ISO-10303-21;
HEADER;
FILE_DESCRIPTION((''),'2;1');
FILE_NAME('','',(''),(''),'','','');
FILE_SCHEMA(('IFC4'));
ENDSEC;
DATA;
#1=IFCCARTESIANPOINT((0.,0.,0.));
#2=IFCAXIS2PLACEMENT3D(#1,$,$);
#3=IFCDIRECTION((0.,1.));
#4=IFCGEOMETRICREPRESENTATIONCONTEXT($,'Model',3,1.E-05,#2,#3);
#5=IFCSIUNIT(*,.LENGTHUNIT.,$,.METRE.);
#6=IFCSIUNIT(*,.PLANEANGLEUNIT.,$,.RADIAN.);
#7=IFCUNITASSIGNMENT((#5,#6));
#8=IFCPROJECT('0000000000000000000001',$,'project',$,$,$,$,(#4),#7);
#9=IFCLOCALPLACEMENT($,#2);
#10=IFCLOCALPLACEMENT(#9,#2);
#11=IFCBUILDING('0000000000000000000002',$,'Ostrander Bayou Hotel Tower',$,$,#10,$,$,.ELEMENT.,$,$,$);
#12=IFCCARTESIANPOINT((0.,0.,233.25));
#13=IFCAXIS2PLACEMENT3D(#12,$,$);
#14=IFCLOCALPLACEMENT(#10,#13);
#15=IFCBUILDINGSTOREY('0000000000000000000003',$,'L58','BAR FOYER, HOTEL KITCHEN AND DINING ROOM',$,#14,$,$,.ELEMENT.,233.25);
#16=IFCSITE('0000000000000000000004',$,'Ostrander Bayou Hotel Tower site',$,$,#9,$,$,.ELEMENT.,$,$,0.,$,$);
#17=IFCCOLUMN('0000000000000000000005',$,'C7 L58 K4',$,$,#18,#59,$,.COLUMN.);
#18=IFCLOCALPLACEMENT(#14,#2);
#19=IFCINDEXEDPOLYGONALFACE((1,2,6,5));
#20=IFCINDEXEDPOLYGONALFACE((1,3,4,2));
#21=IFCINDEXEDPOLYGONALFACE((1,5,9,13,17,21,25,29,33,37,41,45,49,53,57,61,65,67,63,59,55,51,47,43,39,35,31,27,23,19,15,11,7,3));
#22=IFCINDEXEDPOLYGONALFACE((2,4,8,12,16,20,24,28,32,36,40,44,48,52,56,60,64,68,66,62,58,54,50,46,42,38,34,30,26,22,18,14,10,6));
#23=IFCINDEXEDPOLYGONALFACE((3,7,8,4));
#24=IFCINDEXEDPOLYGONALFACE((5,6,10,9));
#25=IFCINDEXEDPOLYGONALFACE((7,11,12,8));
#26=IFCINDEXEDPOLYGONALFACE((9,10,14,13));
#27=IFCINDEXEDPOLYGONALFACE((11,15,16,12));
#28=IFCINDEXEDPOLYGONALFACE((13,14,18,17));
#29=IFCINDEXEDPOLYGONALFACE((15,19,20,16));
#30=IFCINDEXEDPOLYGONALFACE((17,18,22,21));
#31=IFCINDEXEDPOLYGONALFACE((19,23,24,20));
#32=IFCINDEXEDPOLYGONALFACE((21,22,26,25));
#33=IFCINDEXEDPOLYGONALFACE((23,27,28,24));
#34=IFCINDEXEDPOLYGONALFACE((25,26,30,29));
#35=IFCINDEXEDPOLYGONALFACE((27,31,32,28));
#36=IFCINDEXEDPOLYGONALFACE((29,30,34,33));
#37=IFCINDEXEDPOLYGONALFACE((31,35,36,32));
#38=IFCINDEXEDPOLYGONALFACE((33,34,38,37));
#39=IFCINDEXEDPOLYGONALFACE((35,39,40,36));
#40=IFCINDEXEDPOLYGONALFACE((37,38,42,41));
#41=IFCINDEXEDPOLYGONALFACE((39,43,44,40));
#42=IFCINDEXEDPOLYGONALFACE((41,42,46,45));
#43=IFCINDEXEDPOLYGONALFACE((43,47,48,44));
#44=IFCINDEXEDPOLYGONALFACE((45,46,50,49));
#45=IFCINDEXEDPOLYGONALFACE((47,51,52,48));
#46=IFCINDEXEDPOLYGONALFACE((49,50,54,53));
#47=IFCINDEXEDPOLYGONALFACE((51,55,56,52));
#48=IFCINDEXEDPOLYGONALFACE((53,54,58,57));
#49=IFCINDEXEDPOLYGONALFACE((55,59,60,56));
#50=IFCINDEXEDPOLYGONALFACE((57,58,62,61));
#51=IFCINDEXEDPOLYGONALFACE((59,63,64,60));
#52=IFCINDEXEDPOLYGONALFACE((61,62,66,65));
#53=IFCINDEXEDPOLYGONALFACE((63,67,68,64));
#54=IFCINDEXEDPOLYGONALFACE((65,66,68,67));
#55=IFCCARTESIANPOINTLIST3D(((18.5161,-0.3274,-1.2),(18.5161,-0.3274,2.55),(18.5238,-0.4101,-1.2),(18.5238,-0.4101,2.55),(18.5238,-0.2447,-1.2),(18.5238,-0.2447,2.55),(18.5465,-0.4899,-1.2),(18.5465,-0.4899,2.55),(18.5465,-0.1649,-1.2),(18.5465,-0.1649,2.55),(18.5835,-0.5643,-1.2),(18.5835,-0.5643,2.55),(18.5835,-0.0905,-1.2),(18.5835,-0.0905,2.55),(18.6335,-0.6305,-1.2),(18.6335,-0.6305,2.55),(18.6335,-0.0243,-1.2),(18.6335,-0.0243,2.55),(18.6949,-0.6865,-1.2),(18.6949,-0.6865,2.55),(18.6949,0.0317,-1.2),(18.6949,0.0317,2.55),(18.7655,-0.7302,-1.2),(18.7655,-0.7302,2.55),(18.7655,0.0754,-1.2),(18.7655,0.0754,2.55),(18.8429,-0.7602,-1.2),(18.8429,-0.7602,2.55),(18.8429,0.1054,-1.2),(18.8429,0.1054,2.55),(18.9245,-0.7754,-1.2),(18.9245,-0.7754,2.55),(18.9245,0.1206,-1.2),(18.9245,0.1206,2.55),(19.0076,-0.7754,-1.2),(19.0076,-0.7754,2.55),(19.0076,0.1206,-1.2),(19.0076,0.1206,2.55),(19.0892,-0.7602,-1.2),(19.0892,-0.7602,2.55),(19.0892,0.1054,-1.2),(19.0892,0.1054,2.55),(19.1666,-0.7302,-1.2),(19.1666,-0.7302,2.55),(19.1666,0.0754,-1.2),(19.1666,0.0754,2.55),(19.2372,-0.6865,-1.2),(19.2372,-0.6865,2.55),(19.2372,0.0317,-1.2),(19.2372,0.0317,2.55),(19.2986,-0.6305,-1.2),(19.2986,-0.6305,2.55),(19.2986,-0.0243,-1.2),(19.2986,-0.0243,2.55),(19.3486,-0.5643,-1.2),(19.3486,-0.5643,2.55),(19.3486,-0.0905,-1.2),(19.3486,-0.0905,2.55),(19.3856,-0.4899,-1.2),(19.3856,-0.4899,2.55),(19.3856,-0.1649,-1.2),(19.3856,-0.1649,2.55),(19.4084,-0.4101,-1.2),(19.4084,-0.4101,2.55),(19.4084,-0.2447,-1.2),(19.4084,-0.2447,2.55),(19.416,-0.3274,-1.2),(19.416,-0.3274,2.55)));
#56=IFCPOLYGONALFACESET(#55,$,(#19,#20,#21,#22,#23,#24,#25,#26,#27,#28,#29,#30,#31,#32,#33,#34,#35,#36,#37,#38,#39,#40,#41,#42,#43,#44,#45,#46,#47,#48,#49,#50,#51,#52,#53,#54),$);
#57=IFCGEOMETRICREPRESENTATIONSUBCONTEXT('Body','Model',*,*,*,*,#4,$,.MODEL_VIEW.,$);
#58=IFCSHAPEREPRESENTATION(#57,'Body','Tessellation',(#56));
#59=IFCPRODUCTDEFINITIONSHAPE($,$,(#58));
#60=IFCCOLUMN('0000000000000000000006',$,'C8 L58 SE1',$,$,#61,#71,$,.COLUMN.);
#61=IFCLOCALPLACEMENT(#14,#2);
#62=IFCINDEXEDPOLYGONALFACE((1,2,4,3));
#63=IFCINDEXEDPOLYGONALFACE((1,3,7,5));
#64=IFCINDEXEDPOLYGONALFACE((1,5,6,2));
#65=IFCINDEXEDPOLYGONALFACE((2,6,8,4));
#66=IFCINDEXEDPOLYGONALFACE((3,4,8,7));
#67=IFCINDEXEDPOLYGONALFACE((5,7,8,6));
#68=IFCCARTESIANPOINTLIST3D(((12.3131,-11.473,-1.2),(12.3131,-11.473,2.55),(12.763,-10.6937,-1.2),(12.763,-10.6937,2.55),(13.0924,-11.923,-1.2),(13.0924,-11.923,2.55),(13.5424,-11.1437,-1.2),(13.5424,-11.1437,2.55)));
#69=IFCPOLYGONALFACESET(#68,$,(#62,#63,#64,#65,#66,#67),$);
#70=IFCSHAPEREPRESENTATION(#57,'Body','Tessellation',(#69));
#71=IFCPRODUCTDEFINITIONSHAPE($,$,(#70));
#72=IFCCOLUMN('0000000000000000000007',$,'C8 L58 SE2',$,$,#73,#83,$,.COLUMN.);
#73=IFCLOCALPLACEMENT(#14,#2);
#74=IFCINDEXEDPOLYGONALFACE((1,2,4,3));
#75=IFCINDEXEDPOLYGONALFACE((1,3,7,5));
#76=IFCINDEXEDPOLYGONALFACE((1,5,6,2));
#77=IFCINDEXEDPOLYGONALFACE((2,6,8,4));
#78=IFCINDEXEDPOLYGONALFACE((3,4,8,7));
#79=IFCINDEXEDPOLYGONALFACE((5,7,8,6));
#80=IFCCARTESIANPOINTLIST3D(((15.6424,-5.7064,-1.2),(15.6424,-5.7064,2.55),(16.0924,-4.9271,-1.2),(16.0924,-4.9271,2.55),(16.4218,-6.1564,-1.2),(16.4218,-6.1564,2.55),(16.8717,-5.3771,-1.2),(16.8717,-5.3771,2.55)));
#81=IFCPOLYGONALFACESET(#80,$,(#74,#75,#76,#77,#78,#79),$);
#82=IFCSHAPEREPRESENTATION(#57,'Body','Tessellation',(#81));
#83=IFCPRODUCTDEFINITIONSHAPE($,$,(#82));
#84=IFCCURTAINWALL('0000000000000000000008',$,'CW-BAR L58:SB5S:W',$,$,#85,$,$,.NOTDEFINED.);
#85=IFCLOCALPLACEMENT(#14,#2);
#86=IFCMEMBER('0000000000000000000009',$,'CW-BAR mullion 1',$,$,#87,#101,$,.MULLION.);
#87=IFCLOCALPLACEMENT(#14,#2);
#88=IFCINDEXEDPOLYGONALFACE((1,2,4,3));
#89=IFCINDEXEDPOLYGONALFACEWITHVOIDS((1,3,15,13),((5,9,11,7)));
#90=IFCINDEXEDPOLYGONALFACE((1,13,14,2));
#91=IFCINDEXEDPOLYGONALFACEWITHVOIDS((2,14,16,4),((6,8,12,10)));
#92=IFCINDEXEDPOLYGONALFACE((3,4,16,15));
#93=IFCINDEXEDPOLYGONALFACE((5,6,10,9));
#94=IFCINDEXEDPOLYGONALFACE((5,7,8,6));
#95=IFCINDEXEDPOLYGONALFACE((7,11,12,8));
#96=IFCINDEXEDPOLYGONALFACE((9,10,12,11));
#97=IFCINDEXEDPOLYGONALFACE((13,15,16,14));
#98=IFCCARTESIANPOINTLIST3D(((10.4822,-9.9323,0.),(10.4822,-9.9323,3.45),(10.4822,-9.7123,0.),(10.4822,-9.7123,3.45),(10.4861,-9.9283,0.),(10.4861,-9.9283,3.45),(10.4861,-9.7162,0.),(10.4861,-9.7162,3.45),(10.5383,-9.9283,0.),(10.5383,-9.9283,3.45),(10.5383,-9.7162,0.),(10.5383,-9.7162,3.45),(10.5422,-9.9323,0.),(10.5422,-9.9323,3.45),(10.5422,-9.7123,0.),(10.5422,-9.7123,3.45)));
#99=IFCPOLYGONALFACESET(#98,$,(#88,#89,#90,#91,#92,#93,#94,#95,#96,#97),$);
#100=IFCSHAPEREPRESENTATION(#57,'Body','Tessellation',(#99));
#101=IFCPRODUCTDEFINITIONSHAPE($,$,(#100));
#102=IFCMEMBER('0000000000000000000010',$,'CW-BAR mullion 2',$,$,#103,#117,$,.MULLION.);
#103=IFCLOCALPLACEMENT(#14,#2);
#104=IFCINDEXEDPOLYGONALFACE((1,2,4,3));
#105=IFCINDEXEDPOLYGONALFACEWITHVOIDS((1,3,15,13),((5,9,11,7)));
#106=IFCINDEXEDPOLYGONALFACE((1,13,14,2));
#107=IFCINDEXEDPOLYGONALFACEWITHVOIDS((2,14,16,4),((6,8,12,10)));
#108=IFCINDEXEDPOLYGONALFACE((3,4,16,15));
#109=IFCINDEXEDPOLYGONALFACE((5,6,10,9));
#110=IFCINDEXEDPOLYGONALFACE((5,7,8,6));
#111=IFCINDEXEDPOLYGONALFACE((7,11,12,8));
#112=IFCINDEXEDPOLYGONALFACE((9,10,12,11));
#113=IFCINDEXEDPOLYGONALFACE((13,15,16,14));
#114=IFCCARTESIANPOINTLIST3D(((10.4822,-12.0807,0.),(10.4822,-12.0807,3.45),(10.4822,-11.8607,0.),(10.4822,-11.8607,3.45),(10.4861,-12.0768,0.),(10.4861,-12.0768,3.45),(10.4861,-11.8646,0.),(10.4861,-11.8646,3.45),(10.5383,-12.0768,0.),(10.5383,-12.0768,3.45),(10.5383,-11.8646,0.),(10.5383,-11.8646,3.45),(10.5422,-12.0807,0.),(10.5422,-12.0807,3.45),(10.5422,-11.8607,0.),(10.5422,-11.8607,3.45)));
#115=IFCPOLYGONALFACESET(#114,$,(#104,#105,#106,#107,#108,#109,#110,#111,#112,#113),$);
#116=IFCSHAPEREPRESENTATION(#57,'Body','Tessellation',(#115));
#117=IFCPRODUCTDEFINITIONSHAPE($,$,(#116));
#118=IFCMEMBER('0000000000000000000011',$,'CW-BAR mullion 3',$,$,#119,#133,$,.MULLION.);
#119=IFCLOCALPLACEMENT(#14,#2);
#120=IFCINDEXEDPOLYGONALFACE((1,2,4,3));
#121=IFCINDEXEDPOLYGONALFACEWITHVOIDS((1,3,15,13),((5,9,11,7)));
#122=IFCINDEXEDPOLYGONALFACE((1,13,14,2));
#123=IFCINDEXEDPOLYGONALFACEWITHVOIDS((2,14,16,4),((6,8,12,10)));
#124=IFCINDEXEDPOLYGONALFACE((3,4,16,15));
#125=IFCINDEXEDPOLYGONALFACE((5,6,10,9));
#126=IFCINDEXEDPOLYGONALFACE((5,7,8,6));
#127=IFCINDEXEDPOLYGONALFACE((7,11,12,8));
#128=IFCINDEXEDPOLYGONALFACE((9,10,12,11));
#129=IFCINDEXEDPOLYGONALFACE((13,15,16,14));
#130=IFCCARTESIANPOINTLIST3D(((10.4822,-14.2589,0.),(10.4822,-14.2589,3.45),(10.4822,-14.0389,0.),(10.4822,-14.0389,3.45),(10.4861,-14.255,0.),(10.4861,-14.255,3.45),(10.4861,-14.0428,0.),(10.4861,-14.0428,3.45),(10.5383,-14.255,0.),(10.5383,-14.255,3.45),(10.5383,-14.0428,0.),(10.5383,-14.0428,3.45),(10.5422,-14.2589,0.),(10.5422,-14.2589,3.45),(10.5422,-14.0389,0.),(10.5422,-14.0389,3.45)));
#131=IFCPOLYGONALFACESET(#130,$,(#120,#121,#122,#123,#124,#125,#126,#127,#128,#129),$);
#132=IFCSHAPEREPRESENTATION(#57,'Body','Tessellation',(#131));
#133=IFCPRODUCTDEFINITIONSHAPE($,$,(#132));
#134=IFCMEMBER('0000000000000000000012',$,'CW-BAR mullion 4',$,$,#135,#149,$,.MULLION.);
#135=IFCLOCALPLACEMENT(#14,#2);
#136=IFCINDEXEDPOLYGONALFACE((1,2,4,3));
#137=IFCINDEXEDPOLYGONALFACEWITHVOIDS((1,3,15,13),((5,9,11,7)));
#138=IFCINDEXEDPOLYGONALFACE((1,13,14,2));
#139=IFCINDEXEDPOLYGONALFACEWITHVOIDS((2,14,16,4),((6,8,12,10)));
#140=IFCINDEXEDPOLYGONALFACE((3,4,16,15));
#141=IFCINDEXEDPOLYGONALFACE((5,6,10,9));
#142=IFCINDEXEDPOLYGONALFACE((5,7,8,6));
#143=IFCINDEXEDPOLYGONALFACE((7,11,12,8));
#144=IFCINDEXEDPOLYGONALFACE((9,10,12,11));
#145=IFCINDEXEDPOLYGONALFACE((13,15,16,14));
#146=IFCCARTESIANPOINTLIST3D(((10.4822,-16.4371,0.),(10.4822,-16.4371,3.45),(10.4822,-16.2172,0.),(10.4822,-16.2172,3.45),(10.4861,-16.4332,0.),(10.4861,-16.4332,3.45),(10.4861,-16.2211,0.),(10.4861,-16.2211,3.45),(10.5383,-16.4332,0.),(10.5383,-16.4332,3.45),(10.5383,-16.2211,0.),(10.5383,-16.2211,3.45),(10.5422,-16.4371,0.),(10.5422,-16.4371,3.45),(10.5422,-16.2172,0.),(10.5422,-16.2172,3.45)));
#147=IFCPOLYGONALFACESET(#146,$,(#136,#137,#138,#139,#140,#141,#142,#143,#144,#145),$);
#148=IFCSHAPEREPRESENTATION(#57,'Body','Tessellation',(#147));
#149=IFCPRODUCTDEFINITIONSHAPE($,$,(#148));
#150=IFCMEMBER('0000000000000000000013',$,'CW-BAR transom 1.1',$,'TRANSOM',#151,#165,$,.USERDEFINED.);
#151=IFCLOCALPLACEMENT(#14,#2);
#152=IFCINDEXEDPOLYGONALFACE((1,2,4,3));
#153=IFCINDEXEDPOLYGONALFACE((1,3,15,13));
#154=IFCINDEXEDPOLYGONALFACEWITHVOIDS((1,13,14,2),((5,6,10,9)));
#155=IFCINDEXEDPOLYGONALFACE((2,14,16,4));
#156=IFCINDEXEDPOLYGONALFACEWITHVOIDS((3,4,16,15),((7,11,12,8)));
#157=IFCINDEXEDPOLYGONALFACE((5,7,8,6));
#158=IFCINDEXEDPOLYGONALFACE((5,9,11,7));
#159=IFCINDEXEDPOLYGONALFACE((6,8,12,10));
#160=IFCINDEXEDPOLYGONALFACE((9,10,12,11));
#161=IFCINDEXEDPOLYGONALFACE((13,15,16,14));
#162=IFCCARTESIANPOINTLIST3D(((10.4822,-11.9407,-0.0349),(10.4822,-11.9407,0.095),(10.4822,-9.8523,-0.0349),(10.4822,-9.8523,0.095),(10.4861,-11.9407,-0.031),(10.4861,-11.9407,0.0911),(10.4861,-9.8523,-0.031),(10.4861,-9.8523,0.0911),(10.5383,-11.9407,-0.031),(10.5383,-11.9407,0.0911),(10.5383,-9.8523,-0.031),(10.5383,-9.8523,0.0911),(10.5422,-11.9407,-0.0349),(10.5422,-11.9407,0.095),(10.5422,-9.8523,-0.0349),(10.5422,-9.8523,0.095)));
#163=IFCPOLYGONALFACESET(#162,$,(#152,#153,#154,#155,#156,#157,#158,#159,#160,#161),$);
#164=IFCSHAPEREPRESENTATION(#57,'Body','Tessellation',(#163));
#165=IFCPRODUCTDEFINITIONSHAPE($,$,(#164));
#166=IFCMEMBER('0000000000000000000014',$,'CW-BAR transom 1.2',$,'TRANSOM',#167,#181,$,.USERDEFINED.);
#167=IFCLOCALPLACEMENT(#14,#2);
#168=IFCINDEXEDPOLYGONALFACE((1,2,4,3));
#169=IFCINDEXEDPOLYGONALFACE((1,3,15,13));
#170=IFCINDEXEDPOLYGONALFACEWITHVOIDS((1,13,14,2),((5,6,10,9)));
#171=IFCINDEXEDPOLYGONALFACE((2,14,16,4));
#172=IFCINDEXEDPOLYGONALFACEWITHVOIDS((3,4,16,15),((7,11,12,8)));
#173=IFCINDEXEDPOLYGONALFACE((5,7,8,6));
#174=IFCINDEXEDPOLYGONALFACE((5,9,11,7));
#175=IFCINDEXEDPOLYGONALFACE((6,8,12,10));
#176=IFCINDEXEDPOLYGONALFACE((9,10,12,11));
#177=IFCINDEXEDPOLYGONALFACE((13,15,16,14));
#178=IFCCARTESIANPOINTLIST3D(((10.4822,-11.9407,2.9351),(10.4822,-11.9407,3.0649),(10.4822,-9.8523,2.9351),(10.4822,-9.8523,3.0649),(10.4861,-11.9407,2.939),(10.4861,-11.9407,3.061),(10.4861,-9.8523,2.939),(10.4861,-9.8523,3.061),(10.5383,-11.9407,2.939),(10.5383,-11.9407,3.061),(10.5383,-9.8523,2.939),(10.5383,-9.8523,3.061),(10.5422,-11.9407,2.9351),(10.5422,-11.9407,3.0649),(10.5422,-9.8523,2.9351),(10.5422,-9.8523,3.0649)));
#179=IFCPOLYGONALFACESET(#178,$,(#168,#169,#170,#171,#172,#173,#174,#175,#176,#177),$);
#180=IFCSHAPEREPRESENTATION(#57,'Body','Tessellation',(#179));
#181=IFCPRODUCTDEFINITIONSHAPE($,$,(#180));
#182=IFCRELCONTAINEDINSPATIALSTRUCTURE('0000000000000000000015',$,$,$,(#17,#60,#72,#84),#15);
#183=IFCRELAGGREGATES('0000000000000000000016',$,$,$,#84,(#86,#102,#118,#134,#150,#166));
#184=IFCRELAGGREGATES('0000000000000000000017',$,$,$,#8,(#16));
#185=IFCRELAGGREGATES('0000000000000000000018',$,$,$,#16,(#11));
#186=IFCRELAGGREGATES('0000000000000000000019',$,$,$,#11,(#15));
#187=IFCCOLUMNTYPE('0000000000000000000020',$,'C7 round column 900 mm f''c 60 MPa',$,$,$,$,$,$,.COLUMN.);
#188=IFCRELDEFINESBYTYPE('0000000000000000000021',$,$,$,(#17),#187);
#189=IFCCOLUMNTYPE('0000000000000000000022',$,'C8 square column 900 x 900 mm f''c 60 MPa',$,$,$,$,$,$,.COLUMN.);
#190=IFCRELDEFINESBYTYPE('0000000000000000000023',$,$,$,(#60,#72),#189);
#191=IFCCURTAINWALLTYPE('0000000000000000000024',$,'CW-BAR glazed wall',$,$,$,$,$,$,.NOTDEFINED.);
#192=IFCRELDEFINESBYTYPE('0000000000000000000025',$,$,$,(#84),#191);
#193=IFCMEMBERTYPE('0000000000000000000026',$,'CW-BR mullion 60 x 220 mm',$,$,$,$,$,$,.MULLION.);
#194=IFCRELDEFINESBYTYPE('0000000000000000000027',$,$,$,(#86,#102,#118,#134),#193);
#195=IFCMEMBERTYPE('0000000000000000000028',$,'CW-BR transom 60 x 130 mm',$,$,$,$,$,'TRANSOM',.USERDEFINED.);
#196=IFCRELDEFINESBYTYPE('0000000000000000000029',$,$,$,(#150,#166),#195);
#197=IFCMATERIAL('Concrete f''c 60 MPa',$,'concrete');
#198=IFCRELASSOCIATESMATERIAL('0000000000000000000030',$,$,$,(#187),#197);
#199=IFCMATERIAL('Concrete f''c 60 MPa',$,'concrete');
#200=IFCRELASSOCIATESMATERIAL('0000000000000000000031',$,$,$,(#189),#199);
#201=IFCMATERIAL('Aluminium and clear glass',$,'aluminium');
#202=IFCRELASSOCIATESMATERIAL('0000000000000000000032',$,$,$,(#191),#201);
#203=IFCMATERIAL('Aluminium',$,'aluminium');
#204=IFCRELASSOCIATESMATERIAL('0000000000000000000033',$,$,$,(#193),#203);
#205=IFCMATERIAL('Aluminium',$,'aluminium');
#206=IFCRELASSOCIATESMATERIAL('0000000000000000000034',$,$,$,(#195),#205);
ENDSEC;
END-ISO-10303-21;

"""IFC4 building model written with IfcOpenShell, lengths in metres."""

from ifc_helpers import new_model, si_unit, direction, frame, origin, origin_2d, place, context, subcontext, project, spatial, rectangle, hollow_rectangle, circle, extrude, material, material_profile, profile_set, type_object, element, aggregate, save


model = new_model("IFC4")

# Units and contexts
model_context = context("Model", 3, precision=1e-05, world=origin(), true_north=direction((0.0, 1.0)))
body_context = subcontext(model_context, "Body", "Model", "MODEL_VIEW")
ifc_project = project(units=[si_unit("LENGTHUNIT", "METRE"), si_unit("PLANEANGLEUNIT", "RADIAN")], contexts=[model_context])

# Site, building, storey
site_placement = place(None, origin())
site = spatial("IfcSite", under=ifc_project, at=site_placement, Name="Ostrander Bayou Hotel Tower site", CompositionType="ELEMENT", RefElevation=0.0)
building_placement = place(site_placement, origin())
building = spatial("IfcBuilding", under=site, at=building_placement, Name="Ostrander Bayou Hotel Tower", CompositionType="ELEMENT")
storey_placement = place(building_placement, frame((0.0, 0.0, 233.25)))
storey = spatial("IfcBuildingStorey", under=building, at=storey_placement, Name="L58", Description="BAR FOYER, HOTEL KITCHEN AND DINING ROOM", CompositionType="ELEMENT", Elevation=233.25)

# Columns
ifc_material_1 = material(Name="Concrete f'c 60 MPa", Category="concrete")
ifc_material_profile_1 = material_profile(ifc_material_1, circle(Radius=0.45, at=origin_2d()))
ifc_profile_set_1 = profile_set([ifc_material_profile_1], Name="Concrete f'c 60 MPa")
column_type_1 = type_object("IfcColumnType", Name="C7 round column 900 mm f'c 60 MPa", PredefinedType="COLUMN", material=ifc_profile_set_1)
column_placement = place(storey_placement, frame((18.9661, -0.3274, -1.2), z_axis=(0.0, 0.0, 1.0), x_axis=(1.0, 0.0, 0.0)))
element("IfcColumn", 1, at=column_placement, inside=storey, type_object=column_type_1, Name="C7 L58 K4", PredefinedType="COLUMN", context=body_context, shape_type="SweptSolid", body=[
    extrude(circle(Radius=0.45, at=origin_2d()), origin(), (0.0, 0.0, 1.0), 3.75),
])
ifc_material_2 = material(Name="Concrete f'c 60 MPa", Category="concrete")
ifc_material_profile_2 = material_profile(ifc_material_2, rectangle(XDim=0.8999, YDim=0.8999, at=origin_2d()))
ifc_profile_set_2 = profile_set([ifc_material_profile_2], Name="Concrete f'c 60 MPa")
column_type_2 = type_object("IfcColumnType", Name="C8 square column 900 x 900 mm f'c 60 MPa", PredefinedType="COLUMN", material=ifc_profile_set_2)
for number, where, z_axis, x_axis, name in (
    (2, (12.9277, -11.3083, -1.2), (0.0, 0.0, 1.0), (-0.5, -0.866025, 0.0), "C8 L58 SE1"),
    (3, (16.2571, -5.5417, -1.2), (0.0, 0.0, 1.0), (-0.5, -0.866025, 0.0), "C8 L58 SE2"),
):
    element("IfcColumn", number, at=place(storey_placement, frame(where, z_axis=z_axis, x_axis=x_axis)), inside=storey, type_object=column_type_2, Name=name, PredefinedType="COLUMN", context=body_context, shape_type="SweptSolid", body=[
        extrude(rectangle(XDim=0.8999, YDim=0.8999, at=origin_2d()), origin(), (0.0, 0.0, 1.0), 3.75),
    ])

# Curtain wall, members
ifc_material_3 = material(Name="Aluminium and clear glass", Category="aluminium")
curtain_wall_type = type_object("IfcCurtainWallType", Name="CW-BAR glazed wall", PredefinedType="NOTDEFINED", material=ifc_material_3)
curtain_wall_placement = place(storey_placement, origin())
curtain_wall = element("IfcCurtainWall", 4, at=curtain_wall_placement, inside=storey, type_object=curtain_wall_type, Name="CW-BAR L58:SB5S:W", PredefinedType="NOTDEFINED")
ifc_material_4 = material(Name="Aluminium", Category="aluminium")
ifc_material_profile_3 = material_profile(ifc_material_4, hollow_rectangle(XDim=0.0601, YDim=0.22, WallThickness=0.0039, at=origin_2d()))
ifc_profile_set_3 = profile_set([ifc_material_profile_3], Name="Aluminium")
member_type_1 = type_object("IfcMemberType", Name="CW-BR mullion 60 x 220 mm", PredefinedType="MULLION", material=ifc_profile_set_3)
member_1_placement = place(storey_placement, frame((10.5122, -9.8223, 0.0), z_axis=(0.0, 0.0, 1.0), x_axis=(1.0, 0.0, 0.0)))
member_1 = element("IfcMember", 5, at=member_1_placement, type_object=member_type_1, Name="CW-BAR mullion 1", PredefinedType="MULLION", context=body_context, shape_type="SweptSolid", body=[
    extrude(hollow_rectangle(XDim=0.0601, YDim=0.22, WallThickness=0.0039, at=origin_2d()), origin(), (0.0, 0.0, 1.0), 3.45),
])
member_2_placement = place(storey_placement, frame((10.5122, -11.9707, 0.0), z_axis=(0.0, 0.0, 1.0), x_axis=(1.0, 0.0, 0.0)))
member_2 = element("IfcMember", 6, at=member_2_placement, type_object=member_type_1, Name="CW-BAR mullion 2", PredefinedType="MULLION", context=body_context, shape_type="SweptSolid", body=[
    extrude(hollow_rectangle(XDim=0.0601, YDim=0.22, WallThickness=0.0039, at=origin_2d()), origin(), (0.0, 0.0, 1.0), 3.45),
])
member_3_placement = place(storey_placement, frame((10.5122, -14.1489, 0.0), z_axis=(0.0, 0.0, 1.0), x_axis=(1.0, 0.0, 0.0)))
member_3 = element("IfcMember", 7, at=member_3_placement, type_object=member_type_1, Name="CW-BAR mullion 3", PredefinedType="MULLION", context=body_context, shape_type="SweptSolid", body=[
    extrude(hollow_rectangle(XDim=0.0601, YDim=0.22, WallThickness=0.0039, at=origin_2d()), origin(), (0.0, 0.0, 1.0), 3.45),
])
member_4_placement = place(storey_placement, frame((10.5122, -16.3271, 0.0), z_axis=(0.0, 0.0, 1.0), x_axis=(1.0, 0.0, 0.0)))
member_4 = element("IfcMember", 8, at=member_4_placement, type_object=member_type_1, Name="CW-BAR mullion 4", PredefinedType="MULLION", context=body_context, shape_type="SweptSolid", body=[
    extrude(hollow_rectangle(XDim=0.0601, YDim=0.22, WallThickness=0.0039, at=origin_2d()), origin(), (0.0, 0.0, 1.0), 3.45),
])
ifc_material_5 = material(Name="Aluminium", Category="aluminium")
ifc_material_profile_4 = material_profile(ifc_material_5, hollow_rectangle(XDim=0.0601, YDim=0.1299, WallThickness=0.0039, at=origin_2d()))
ifc_profile_set_4 = profile_set([ifc_material_profile_4], Name="Aluminium")
member_type_2 = type_object("IfcMemberType", Name="CW-BR transom 60 x 130 mm", ElementType="TRANSOM", PredefinedType="USERDEFINED", material=ifc_profile_set_4)
member_5_placement = place(storey_placement, frame((10.5122, -9.8523, 0.03), z_axis=(0.0, -1.0, 0.0), x_axis=(1.0, 0.0, 0.0)))
member_5 = element("IfcMember", 9, at=member_5_placement, type_object=member_type_2, Name="CW-BAR transom 1.1", ObjectType="TRANSOM", PredefinedType="USERDEFINED", context=body_context, shape_type="SweptSolid", body=[
    extrude(hollow_rectangle(XDim=0.0601, YDim=0.1299, WallThickness=0.0039, at=origin_2d()), origin(), (0.0, 0.0, 1.0), 2.0884),
])
member_6_placement = place(storey_placement, frame((10.5122, -9.8523, 3.0), z_axis=(0.0, -1.0, 0.0), x_axis=(1.0, 0.0, 0.0)))
member_6 = element("IfcMember", 10, at=member_6_placement, type_object=member_type_2, Name="CW-BAR transom 1.2", ObjectType="TRANSOM", PredefinedType="USERDEFINED", context=body_context, shape_type="SweptSolid", body=[
    extrude(hollow_rectangle(XDim=0.0601, YDim=0.1299, WallThickness=0.0039, at=origin_2d()), origin(), (0.0, 0.0, 1.0), 2.0884),
])

aggregate(curtain_wall, [member_1, member_2, member_3, member_4, member_5, member_6])

save(model, "model.ifc")
